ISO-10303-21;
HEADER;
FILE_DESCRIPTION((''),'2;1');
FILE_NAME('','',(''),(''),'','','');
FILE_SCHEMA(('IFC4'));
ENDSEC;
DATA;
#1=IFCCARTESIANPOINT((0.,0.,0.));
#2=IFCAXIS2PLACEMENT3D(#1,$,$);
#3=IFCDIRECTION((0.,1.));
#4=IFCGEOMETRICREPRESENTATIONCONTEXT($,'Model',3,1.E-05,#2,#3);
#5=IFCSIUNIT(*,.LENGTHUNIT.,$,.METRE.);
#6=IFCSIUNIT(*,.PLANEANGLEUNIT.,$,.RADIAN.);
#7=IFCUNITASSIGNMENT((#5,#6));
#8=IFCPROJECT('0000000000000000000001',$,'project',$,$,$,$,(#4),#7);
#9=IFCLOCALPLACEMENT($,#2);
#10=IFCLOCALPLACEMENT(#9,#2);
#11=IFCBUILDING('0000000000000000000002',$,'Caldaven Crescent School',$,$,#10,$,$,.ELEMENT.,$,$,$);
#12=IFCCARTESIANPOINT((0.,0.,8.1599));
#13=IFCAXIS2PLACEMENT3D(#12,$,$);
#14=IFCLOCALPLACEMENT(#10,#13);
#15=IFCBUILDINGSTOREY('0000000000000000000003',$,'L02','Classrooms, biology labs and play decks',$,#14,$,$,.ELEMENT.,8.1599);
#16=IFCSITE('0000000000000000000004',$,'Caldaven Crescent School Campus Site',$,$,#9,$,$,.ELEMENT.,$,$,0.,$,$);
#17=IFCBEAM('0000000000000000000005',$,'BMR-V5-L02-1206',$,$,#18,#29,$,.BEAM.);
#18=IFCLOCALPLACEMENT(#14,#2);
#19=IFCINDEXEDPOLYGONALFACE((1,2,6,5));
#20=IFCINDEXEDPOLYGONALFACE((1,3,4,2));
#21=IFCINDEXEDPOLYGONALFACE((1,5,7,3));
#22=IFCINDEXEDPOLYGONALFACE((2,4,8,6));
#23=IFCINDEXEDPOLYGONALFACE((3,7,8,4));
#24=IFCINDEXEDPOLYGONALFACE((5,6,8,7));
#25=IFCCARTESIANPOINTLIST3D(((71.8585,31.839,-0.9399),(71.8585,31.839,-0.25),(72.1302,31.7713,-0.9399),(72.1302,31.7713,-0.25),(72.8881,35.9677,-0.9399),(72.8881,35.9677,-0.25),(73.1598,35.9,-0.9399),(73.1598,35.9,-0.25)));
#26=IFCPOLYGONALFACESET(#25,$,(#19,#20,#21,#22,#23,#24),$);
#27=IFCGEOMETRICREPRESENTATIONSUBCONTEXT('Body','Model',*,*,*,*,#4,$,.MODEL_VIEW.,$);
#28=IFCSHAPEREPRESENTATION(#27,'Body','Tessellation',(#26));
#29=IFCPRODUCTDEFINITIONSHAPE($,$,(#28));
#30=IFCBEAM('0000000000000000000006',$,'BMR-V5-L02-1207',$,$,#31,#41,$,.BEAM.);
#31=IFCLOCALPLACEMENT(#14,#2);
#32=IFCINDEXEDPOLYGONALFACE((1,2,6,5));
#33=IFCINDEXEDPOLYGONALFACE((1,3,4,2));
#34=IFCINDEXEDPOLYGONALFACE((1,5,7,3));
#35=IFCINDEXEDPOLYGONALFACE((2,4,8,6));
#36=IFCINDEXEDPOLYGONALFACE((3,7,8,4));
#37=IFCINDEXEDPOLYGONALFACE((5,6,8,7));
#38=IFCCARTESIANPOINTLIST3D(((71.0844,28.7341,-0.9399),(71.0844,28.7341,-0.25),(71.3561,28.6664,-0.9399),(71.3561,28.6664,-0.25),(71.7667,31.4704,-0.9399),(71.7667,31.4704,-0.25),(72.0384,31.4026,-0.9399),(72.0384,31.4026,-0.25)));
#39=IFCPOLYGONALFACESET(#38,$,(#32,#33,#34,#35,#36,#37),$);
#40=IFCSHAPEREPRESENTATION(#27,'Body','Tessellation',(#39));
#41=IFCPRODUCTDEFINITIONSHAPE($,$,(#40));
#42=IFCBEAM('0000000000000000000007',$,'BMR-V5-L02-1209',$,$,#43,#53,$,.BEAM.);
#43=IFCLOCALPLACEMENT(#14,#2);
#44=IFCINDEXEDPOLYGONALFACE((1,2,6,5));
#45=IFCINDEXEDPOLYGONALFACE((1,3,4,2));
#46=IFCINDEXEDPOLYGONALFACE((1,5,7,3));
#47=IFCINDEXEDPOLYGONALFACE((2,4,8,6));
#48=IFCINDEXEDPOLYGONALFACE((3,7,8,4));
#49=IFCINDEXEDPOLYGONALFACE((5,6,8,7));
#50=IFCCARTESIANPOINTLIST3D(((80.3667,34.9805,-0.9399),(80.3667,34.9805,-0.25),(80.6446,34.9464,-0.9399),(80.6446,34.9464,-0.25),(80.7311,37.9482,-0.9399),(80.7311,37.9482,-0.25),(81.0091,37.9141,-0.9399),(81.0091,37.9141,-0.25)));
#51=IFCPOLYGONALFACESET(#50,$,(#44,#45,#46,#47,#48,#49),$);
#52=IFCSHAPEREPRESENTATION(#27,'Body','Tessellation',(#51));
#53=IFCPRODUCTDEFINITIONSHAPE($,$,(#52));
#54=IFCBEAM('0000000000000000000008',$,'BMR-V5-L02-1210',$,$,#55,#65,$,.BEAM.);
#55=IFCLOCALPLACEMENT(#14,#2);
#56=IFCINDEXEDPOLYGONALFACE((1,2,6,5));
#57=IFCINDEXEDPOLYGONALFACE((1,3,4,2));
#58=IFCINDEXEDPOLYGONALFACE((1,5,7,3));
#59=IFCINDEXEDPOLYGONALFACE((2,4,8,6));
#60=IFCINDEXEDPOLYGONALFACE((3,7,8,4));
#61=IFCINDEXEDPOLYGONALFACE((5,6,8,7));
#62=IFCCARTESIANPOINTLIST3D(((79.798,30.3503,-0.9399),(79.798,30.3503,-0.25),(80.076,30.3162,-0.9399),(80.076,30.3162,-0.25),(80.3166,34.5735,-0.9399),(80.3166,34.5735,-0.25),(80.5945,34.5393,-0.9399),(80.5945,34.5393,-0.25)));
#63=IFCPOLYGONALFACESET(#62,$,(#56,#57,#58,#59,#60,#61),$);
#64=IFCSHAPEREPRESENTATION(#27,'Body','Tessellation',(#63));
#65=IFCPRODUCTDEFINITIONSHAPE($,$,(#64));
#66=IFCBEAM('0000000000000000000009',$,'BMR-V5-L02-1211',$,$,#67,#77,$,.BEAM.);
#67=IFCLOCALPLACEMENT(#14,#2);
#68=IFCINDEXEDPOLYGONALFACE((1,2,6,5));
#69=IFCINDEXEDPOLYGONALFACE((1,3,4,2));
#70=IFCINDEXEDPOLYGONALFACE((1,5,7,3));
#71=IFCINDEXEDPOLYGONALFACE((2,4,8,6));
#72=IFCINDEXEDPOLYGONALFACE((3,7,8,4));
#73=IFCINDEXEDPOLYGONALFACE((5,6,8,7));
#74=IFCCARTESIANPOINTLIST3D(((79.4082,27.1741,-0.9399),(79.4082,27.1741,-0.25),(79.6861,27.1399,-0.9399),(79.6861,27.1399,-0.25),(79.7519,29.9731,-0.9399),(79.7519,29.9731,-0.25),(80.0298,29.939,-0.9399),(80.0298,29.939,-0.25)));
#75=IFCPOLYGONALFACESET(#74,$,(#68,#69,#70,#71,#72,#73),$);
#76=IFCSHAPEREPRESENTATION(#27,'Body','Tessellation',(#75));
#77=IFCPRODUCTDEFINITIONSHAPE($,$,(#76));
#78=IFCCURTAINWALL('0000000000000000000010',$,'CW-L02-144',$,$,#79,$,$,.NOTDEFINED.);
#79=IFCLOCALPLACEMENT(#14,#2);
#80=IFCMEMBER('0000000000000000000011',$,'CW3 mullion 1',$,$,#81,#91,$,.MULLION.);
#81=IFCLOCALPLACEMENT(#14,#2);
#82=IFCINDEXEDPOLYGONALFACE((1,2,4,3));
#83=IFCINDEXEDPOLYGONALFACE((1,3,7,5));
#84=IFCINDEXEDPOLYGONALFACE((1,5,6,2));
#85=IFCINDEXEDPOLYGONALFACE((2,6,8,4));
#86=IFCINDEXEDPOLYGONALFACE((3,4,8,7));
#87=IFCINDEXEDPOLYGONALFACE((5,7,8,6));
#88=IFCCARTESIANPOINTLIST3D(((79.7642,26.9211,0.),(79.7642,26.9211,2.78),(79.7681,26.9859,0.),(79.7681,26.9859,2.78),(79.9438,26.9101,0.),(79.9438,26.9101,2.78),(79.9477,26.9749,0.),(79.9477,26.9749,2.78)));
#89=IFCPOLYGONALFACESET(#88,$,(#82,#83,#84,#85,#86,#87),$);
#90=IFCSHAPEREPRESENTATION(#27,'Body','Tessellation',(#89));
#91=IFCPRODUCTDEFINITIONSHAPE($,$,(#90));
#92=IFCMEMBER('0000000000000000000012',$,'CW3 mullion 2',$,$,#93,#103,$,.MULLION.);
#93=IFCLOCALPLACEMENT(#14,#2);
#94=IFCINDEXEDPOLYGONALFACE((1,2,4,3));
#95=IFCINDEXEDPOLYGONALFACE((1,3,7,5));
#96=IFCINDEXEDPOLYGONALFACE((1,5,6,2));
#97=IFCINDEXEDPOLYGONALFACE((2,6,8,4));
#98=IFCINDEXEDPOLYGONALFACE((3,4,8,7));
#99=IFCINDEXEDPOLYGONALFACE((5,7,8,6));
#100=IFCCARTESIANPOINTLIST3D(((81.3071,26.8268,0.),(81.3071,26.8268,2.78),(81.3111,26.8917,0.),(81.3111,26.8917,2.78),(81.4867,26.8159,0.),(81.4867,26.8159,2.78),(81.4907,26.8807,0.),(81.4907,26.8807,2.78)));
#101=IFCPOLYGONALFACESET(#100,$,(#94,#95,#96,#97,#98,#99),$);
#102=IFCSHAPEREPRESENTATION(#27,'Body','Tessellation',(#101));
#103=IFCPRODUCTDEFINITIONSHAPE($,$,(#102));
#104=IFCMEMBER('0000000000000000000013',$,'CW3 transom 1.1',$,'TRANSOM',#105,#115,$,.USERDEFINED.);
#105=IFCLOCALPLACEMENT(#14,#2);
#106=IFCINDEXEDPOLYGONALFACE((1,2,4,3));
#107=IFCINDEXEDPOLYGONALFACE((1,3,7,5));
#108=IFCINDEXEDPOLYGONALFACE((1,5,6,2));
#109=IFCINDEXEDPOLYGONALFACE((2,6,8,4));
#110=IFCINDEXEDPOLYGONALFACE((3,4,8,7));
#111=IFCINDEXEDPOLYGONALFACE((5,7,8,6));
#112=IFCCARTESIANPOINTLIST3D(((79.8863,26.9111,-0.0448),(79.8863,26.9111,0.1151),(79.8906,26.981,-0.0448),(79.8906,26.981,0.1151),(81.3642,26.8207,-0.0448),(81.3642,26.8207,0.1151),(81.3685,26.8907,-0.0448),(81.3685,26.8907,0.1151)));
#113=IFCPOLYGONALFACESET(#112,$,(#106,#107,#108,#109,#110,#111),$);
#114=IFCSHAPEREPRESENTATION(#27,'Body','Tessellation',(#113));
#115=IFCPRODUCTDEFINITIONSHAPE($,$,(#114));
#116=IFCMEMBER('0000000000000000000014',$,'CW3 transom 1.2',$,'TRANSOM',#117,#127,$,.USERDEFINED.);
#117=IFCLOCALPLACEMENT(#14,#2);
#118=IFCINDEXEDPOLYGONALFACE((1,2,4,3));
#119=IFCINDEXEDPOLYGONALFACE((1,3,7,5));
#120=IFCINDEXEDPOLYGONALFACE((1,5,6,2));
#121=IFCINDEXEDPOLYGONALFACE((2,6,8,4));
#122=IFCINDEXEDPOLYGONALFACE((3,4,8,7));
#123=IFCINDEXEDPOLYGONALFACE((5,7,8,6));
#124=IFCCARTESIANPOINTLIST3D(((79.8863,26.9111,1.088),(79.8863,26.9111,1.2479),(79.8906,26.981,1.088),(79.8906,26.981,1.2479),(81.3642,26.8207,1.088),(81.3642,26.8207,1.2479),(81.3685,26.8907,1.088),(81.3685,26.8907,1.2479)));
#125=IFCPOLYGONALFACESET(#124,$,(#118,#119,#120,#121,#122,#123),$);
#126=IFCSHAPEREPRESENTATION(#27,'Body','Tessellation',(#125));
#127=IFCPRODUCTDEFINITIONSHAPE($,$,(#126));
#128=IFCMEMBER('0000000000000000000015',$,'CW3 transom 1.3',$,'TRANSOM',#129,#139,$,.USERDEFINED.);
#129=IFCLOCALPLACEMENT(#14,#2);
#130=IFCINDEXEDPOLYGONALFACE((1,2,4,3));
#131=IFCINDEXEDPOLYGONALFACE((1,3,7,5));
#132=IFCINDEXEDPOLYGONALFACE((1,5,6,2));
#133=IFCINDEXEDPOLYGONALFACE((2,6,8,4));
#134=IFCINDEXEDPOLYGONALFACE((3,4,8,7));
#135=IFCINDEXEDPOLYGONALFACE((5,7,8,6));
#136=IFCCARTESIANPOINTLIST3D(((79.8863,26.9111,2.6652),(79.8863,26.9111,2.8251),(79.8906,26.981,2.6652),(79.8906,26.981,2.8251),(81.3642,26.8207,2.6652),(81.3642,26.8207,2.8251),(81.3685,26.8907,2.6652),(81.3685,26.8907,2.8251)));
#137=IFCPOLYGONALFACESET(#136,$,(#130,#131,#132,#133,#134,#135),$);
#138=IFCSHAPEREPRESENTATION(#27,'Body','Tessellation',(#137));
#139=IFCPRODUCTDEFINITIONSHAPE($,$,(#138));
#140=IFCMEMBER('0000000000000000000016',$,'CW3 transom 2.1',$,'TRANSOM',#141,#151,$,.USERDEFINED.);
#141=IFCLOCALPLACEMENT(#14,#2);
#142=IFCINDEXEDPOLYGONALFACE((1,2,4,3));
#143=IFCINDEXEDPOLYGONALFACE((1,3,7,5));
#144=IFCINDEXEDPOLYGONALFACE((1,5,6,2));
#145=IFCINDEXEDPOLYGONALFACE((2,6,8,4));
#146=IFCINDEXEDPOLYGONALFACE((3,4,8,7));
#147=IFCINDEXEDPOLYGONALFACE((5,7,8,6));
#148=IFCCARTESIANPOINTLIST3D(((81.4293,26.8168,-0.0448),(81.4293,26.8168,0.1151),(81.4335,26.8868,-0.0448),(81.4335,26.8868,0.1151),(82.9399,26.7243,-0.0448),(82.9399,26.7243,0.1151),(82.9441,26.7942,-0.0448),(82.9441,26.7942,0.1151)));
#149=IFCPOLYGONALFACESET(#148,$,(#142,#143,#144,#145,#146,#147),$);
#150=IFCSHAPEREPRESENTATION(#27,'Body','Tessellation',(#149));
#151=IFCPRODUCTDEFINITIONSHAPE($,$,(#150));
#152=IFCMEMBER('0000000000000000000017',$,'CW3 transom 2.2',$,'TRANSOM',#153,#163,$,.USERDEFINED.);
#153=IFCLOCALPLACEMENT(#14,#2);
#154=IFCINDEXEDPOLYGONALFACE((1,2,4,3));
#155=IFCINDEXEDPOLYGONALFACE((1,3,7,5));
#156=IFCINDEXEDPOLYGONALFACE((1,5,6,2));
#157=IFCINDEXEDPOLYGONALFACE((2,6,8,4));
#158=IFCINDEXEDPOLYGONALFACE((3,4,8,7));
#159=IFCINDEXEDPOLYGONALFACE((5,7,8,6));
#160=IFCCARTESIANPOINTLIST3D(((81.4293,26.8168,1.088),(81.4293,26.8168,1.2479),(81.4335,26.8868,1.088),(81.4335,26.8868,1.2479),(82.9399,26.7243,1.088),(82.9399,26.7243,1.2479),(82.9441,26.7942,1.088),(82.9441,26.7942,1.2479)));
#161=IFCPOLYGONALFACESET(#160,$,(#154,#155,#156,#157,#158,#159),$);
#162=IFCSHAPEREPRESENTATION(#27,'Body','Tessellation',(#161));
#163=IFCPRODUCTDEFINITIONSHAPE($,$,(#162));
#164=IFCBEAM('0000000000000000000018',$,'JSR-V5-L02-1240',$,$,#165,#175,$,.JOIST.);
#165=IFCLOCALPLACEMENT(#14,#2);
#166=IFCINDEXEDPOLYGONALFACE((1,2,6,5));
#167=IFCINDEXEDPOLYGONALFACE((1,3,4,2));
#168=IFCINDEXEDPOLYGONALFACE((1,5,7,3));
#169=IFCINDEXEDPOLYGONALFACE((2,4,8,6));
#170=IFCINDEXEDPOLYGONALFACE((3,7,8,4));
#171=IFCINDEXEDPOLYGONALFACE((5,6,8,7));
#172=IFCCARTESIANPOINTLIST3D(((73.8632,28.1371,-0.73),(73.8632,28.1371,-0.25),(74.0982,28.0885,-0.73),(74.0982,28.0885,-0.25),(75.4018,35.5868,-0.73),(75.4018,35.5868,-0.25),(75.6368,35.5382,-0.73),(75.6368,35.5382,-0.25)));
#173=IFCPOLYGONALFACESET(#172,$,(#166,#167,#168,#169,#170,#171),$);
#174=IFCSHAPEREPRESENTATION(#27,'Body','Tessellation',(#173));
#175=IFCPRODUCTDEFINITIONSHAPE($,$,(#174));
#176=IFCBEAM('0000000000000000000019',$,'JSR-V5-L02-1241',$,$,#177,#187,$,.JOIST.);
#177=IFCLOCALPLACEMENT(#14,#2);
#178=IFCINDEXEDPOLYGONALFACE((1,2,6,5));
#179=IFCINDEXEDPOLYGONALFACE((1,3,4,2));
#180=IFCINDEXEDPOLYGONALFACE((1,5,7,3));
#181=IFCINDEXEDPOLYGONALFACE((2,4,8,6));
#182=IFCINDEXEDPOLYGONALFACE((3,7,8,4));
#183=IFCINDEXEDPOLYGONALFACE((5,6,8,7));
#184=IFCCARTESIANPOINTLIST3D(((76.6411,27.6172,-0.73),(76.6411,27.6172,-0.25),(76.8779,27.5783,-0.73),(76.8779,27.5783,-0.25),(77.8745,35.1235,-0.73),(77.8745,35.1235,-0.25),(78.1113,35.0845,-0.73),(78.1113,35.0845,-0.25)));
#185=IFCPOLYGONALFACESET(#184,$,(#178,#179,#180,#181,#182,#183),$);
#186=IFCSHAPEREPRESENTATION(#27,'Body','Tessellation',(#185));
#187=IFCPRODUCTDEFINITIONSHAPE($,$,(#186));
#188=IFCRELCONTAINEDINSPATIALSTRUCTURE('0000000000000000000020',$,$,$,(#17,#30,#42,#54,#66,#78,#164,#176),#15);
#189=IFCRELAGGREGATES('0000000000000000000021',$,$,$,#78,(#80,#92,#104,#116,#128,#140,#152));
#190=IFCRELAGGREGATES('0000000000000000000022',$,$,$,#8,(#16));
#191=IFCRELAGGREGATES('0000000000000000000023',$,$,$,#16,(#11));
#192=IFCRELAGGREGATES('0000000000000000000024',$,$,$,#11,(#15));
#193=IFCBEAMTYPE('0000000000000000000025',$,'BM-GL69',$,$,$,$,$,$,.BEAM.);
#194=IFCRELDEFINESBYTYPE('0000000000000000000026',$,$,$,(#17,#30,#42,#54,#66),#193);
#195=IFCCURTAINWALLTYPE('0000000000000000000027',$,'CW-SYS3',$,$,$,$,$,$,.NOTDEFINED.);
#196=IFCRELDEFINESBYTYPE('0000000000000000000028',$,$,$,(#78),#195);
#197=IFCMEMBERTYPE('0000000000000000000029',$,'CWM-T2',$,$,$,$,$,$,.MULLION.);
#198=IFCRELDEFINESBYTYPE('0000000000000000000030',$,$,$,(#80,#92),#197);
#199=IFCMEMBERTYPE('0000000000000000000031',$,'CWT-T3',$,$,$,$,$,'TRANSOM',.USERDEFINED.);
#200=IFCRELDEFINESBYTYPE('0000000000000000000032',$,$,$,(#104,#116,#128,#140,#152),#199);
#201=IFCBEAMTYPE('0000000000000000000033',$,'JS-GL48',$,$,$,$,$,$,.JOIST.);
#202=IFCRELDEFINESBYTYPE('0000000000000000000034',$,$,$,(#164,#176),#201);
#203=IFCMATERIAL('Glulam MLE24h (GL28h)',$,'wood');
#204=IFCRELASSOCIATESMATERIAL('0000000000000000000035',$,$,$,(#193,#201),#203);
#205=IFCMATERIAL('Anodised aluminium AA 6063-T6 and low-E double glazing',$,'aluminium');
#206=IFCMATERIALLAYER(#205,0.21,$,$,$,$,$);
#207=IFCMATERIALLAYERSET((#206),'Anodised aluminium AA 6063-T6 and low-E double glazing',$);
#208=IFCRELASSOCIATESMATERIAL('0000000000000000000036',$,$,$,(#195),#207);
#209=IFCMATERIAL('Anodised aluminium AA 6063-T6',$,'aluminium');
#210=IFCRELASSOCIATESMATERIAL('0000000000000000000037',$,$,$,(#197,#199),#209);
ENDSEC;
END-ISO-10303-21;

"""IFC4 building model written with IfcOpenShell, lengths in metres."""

from ifc_helpers import new_model, si_unit, direction, frame, origin, origin_2d, place, context, subcontext, project, spatial, rectangle, extrude, material, layer, layer_set, material_profile, profile_set, type_object, element, aggregate, save


model = new_model("IFC4")

# Units and contexts
model_context = context("Model", 3, precision=1e-05, world=origin(), true_north=direction((0.0, 1.0)))
body_context = subcontext(model_context, "Body", "Model", "MODEL_VIEW")
ifc_project = project(units=[si_unit("LENGTHUNIT", "METRE"), si_unit("PLANEANGLEUNIT", "RADIAN")], contexts=[model_context])

# Site, building, storey
site_placement = place(None, origin())
site = spatial("IfcSite", under=ifc_project, at=site_placement, Name="Caldaven Crescent School Campus Site", CompositionType="ELEMENT", RefElevation=0.0)
building_placement = place(site_placement, origin())
building = spatial("IfcBuilding", under=site, at=building_placement, Name="Caldaven Crescent School", CompositionType="ELEMENT")
storey_placement = place(building_placement, frame((0.0, 0.0, 8.1599)))
storey = spatial("IfcBuildingStorey", under=building, at=storey_placement, Name="L02", Description="Classrooms, biology labs and play decks", CompositionType="ELEMENT", Elevation=8.1599)

# Shared definitions
ifc_material_1 = material(Name="Glulam MLE24h (GL28h)", Category="wood")

# Beams
ifc_material_profile_1 = material_profile(ifc_material_1, rectangle(XDim=0.28, YDim=0.6899, at=origin_2d()), Name="MLE 280x690")
ifc_profile_set_1 = profile_set([ifc_material_profile_1], Name="Glulam MLE24h (GL28h)")
beam_type_1 = type_object("IfcBeamType", Name="BM-GL69", PredefinedType="BEAM", material=ifc_profile_set_1)
beam_1_placement = place(storey_placement, frame((73.0239, 35.9338, -0.595), z_axis=(-0.241955, -0.970287, 0.0), x_axis=(0.970287, -0.241955, 0.0)))
element("IfcBeam", 1, at=beam_1_placement, inside=storey, type_object=beam_type_1, Name="BMR-V5-L02-1206", PredefinedType="BEAM", context=body_context, shape_type="SweptSolid", body=[
    extrude(rectangle(XDim=0.28, YDim=0.6899, at=origin_2d()), origin(), (0.0, 0.0, 1.0), 4.2551),
])
beam_2_placement = place(storey_placement, frame((71.9026, 31.4365, -0.595), z_axis=(-0.241965, -0.970285, 0.0), x_axis=(0.970285, -0.241965, 0.0)))
element("IfcBeam", 2, at=beam_2_placement, inside=storey, type_object=beam_type_1, Name="BMR-V5-L02-1207", PredefinedType="BEAM", context=body_context, shape_type="SweptSolid", body=[
    extrude(rectangle(XDim=0.28, YDim=0.6899, at=origin_2d()), origin(), (0.0, 0.0, 1.0), 2.8201),
])
beam_3_placement = place(storey_placement, frame((80.8701, 37.9312, -0.595), z_axis=(-0.121904, -0.992542, 0.0), x_axis=(0.992542, -0.121904, 0.0)))
element("IfcBeam", 3, at=beam_3_placement, inside=storey, type_object=beam_type_1, Name="BMR-V5-L02-1209", PredefinedType="BEAM", context=body_context, shape_type="SweptSolid", body=[
    extrude(rectangle(XDim=0.28, YDim=0.6899, at=origin_2d()), origin(), (0.0, 0.0, 1.0), 2.99),
])
beam_4_placement = place(storey_placement, frame((80.4556, 34.5564, -0.595), z_axis=(-0.121873, -0.992546, 0.0), x_axis=(0.992546, -0.121873, 0.0)))
element("IfcBeam", 4, at=beam_4_placement, inside=storey, type_object=beam_type_1, Name="BMR-V5-L02-1210", PredefinedType="BEAM", context=body_context, shape_type="SweptSolid", body=[
    extrude(rectangle(XDim=0.28, YDim=0.6899, at=origin_2d()), origin(), (0.0, 0.0, 1.0), 4.2549),
])
beam_5_placement = place(storey_placement, frame((79.8909, 29.9561, -0.595), z_axis=(-0.121893, -0.992543, 0.0), x_axis=(0.992543, -0.121893, 0.0)))
element("IfcBeam", 5, at=beam_5_placement, inside=storey, type_object=beam_type_1, Name="BMR-V5-L02-1211", PredefinedType="BEAM", context=body_context, shape_type="SweptSolid", body=[
    extrude(rectangle(XDim=0.28, YDim=0.6899, at=origin_2d()), origin(), (0.0, 0.0, 1.0), 2.8201),
])

# Curtain wall, members
ifc_material_2 = material(Name="Anodised aluminium AA 6063-T6 and low-E double glazing", Category="aluminium")
ifc_layer_1 = layer(ifc_material_2, 0.21)
ifc_layer_set_1 = layer_set([ifc_layer_1], Name="Anodised aluminium AA 6063-T6 and low-E double glazing")
curtain_wall_type = type_object("IfcCurtainWallType", Name="CW-SYS3", PredefinedType="NOTDEFINED", material=ifc_layer_set_1)
curtain_wall_placement = place(storey_placement, origin())
curtain_wall = element("IfcCurtainWall", 6, at=curtain_wall_placement, inside=storey, type_object=curtain_wall_type, Name="CW-L02-144", PredefinedType="NOTDEFINED")
ifc_material_3 = material(Name="Anodised aluminium AA 6063-T6", Category="aluminium")
ifc_material_profile_2 = material_profile(ifc_material_3, rectangle(XDim=0.0649, YDim=0.1799, at=origin_2d()), Name="CWM 65x180")
ifc_profile_set_2 = profile_set([ifc_material_profile_2], Name="Anodised aluminium AA 6063-T6")
member_type_1 = type_object("IfcMemberType", Name="CWM-T2", PredefinedType="MULLION", material=ifc_profile_set_2)
member_1_placement = place(storey_placement, frame((79.856, 26.948, 0.0), z_axis=(0.0, 0.0, 1.0), x_axis=(0.061049, 0.998135, 0.0)))
member_1 = element("IfcMember", 7, at=member_1_placement, type_object=member_type_1, Name="CW3 mullion 1", PredefinedType="MULLION", context=body_context, shape_type="SweptSolid", body=[
    extrude(rectangle(XDim=0.0649, YDim=0.1799, at=origin_2d()), origin(), (0.0, 0.0, 1.0), 2.78),
])
member_2_placement = place(storey_placement, frame((81.3989, 26.8538, 0.0), z_axis=(0.0, 0.0, 1.0), x_axis=(0.061049, 0.998135, 0.0)))
member_2 = element("IfcMember", 8, at=member_2_placement, type_object=member_type_1, Name="CW3 mullion 2", PredefinedType="MULLION", context=body_context, shape_type="SweptSolid", body=[
    extrude(rectangle(XDim=0.0649, YDim=0.1799, at=origin_2d()), origin(), (0.0, 0.0, 1.0), 2.78),
])
ifc_material_profile_3 = material_profile(ifc_material_3, rectangle(XDim=0.0701, YDim=0.1599, at=origin_2d()), Name="CWT 70x160")
ifc_profile_set_3 = profile_set([ifc_material_profile_3], Name="Anodised aluminium AA 6063-T6")
member_type_2 = type_object("IfcMemberType", Name="CWT-T3", ElementType="TRANSOM", PredefinedType="USERDEFINED", material=ifc_profile_set_3)
member_3_placement = place(storey_placement, frame((79.8884, 26.946, 0.0352), z_axis=(0.998138, -0.061003, 0.0), x_axis=(0.061003, 0.998138, 0.0)))
member_3 = element("IfcMember", 9, at=member_3_placement, type_object=member_type_2, Name="CW3 transom 1.1", ObjectType="TRANSOM", PredefinedType="USERDEFINED", context=body_context, shape_type="SweptSolid", body=[
    extrude(rectangle(XDim=0.0701, YDim=0.1599, at=origin_2d()), origin(), (0.0, 0.0, 1.0), 1.4807),
])
member_4_placement = place(storey_placement, frame((79.8884, 26.946, 1.168), z_axis=(0.998138, -0.061003, 0.0), x_axis=(0.061003, 0.998138, 0.0)))
member_4 = element("IfcMember", 10, at=member_4_placement, type_object=member_type_2, Name="CW3 transom 1.2", ObjectType="TRANSOM", PredefinedType="USERDEFINED", context=body_context, shape_type="SweptSolid", body=[
    extrude(rectangle(XDim=0.0701, YDim=0.1599, at=origin_2d()), origin(), (0.0, 0.0, 1.0), 1.4807),
])
member_5_placement = place(storey_placement, frame((79.8884, 26.946, 2.7451), z_axis=(0.998138, -0.061003, 0.0), x_axis=(0.061003, 0.998138, 0.0)))
member_5 = element("IfcMember", 11, at=member_5_placement, type_object=member_type_2, Name="CW3 transom 1.3", ObjectType="TRANSOM", PredefinedType="USERDEFINED", context=body_context, shape_type="SweptSolid", body=[
    extrude(rectangle(XDim=0.0701, YDim=0.1599, at=origin_2d()), origin(), (0.0, 0.0, 1.0), 1.4807),
])
member_6_placement = place(storey_placement, frame((81.4314, 26.8518, 0.0352), z_axis=(0.998129, -0.061143, 0.0), x_axis=(0.061143, 0.998129, 0.0)))
member_6 = element("IfcMember", 12, at=member_6_placement, type_object=member_type_2, Name="CW3 transom 2.1", ObjectType="TRANSOM", PredefinedType="USERDEFINED", context=body_context, shape_type="SweptSolid", body=[
    extrude(rectangle(XDim=0.0701, YDim=0.1599, at=origin_2d()), origin(), (0.0, 0.0, 1.0), 1.5134),
])
member_7_placement = place(storey_placement, frame((81.4314, 26.8518, 1.168), z_axis=(0.998129, -0.061143, 0.0), x_axis=(0.061143, 0.998129, 0.0)))
member_7 = element("IfcMember", 13, at=member_7_placement, type_object=member_type_2, Name="CW3 transom 2.2", ObjectType="TRANSOM", PredefinedType="USERDEFINED", context=body_context, shape_type="SweptSolid", body=[
    extrude(rectangle(XDim=0.0701, YDim=0.1599, at=origin_2d()), origin(), (0.0, 0.0, 1.0), 1.5134),
])

# Beams
ifc_material_profile_4 = material_profile(ifc_material_1, rectangle(XDim=0.24, YDim=0.48, at=origin_2d()), Name="MLE 240x480")
ifc_profile_set_4 = profile_set([ifc_material_profile_4], Name="Glulam MLE24h (GL28h)")
beam_type_2 = type_object("IfcBeamType", Name="JS-GL48", PredefinedType="JOIST", material=ifc_profile_set_4)
for number, where, z_axis, x_axis, name in (
    (14, (75.5193, 35.5625, -0.49), (-0.20226, -0.979332, 0.0), (0.979332, -0.20226, 0.0), "JSR-V5-L02-1240"),
    (15, (77.9929, 35.104, -0.49), (-0.16214, -0.986768, 0.0), (0.986768, -0.16214, 0.0), "JSR-V5-L02-1241"),
):
    element("IfcBeam", number, at=place(storey_placement, frame(where, z_axis=z_axis, x_axis=x_axis)), inside=storey, type_object=beam_type_2, Name=name, PredefinedType="JOIST", context=body_context, shape_type="SweptSolid", body=[
        extrude(rectangle(XDim=0.24, YDim=0.48, at=origin_2d()), origin(), (0.0, 0.0, 1.0), 7.6069),
    ])

aggregate(curtain_wall, [member_1, member_2, member_3, member_4, member_5, member_6, member_7])

save(model, "model.ifc")
